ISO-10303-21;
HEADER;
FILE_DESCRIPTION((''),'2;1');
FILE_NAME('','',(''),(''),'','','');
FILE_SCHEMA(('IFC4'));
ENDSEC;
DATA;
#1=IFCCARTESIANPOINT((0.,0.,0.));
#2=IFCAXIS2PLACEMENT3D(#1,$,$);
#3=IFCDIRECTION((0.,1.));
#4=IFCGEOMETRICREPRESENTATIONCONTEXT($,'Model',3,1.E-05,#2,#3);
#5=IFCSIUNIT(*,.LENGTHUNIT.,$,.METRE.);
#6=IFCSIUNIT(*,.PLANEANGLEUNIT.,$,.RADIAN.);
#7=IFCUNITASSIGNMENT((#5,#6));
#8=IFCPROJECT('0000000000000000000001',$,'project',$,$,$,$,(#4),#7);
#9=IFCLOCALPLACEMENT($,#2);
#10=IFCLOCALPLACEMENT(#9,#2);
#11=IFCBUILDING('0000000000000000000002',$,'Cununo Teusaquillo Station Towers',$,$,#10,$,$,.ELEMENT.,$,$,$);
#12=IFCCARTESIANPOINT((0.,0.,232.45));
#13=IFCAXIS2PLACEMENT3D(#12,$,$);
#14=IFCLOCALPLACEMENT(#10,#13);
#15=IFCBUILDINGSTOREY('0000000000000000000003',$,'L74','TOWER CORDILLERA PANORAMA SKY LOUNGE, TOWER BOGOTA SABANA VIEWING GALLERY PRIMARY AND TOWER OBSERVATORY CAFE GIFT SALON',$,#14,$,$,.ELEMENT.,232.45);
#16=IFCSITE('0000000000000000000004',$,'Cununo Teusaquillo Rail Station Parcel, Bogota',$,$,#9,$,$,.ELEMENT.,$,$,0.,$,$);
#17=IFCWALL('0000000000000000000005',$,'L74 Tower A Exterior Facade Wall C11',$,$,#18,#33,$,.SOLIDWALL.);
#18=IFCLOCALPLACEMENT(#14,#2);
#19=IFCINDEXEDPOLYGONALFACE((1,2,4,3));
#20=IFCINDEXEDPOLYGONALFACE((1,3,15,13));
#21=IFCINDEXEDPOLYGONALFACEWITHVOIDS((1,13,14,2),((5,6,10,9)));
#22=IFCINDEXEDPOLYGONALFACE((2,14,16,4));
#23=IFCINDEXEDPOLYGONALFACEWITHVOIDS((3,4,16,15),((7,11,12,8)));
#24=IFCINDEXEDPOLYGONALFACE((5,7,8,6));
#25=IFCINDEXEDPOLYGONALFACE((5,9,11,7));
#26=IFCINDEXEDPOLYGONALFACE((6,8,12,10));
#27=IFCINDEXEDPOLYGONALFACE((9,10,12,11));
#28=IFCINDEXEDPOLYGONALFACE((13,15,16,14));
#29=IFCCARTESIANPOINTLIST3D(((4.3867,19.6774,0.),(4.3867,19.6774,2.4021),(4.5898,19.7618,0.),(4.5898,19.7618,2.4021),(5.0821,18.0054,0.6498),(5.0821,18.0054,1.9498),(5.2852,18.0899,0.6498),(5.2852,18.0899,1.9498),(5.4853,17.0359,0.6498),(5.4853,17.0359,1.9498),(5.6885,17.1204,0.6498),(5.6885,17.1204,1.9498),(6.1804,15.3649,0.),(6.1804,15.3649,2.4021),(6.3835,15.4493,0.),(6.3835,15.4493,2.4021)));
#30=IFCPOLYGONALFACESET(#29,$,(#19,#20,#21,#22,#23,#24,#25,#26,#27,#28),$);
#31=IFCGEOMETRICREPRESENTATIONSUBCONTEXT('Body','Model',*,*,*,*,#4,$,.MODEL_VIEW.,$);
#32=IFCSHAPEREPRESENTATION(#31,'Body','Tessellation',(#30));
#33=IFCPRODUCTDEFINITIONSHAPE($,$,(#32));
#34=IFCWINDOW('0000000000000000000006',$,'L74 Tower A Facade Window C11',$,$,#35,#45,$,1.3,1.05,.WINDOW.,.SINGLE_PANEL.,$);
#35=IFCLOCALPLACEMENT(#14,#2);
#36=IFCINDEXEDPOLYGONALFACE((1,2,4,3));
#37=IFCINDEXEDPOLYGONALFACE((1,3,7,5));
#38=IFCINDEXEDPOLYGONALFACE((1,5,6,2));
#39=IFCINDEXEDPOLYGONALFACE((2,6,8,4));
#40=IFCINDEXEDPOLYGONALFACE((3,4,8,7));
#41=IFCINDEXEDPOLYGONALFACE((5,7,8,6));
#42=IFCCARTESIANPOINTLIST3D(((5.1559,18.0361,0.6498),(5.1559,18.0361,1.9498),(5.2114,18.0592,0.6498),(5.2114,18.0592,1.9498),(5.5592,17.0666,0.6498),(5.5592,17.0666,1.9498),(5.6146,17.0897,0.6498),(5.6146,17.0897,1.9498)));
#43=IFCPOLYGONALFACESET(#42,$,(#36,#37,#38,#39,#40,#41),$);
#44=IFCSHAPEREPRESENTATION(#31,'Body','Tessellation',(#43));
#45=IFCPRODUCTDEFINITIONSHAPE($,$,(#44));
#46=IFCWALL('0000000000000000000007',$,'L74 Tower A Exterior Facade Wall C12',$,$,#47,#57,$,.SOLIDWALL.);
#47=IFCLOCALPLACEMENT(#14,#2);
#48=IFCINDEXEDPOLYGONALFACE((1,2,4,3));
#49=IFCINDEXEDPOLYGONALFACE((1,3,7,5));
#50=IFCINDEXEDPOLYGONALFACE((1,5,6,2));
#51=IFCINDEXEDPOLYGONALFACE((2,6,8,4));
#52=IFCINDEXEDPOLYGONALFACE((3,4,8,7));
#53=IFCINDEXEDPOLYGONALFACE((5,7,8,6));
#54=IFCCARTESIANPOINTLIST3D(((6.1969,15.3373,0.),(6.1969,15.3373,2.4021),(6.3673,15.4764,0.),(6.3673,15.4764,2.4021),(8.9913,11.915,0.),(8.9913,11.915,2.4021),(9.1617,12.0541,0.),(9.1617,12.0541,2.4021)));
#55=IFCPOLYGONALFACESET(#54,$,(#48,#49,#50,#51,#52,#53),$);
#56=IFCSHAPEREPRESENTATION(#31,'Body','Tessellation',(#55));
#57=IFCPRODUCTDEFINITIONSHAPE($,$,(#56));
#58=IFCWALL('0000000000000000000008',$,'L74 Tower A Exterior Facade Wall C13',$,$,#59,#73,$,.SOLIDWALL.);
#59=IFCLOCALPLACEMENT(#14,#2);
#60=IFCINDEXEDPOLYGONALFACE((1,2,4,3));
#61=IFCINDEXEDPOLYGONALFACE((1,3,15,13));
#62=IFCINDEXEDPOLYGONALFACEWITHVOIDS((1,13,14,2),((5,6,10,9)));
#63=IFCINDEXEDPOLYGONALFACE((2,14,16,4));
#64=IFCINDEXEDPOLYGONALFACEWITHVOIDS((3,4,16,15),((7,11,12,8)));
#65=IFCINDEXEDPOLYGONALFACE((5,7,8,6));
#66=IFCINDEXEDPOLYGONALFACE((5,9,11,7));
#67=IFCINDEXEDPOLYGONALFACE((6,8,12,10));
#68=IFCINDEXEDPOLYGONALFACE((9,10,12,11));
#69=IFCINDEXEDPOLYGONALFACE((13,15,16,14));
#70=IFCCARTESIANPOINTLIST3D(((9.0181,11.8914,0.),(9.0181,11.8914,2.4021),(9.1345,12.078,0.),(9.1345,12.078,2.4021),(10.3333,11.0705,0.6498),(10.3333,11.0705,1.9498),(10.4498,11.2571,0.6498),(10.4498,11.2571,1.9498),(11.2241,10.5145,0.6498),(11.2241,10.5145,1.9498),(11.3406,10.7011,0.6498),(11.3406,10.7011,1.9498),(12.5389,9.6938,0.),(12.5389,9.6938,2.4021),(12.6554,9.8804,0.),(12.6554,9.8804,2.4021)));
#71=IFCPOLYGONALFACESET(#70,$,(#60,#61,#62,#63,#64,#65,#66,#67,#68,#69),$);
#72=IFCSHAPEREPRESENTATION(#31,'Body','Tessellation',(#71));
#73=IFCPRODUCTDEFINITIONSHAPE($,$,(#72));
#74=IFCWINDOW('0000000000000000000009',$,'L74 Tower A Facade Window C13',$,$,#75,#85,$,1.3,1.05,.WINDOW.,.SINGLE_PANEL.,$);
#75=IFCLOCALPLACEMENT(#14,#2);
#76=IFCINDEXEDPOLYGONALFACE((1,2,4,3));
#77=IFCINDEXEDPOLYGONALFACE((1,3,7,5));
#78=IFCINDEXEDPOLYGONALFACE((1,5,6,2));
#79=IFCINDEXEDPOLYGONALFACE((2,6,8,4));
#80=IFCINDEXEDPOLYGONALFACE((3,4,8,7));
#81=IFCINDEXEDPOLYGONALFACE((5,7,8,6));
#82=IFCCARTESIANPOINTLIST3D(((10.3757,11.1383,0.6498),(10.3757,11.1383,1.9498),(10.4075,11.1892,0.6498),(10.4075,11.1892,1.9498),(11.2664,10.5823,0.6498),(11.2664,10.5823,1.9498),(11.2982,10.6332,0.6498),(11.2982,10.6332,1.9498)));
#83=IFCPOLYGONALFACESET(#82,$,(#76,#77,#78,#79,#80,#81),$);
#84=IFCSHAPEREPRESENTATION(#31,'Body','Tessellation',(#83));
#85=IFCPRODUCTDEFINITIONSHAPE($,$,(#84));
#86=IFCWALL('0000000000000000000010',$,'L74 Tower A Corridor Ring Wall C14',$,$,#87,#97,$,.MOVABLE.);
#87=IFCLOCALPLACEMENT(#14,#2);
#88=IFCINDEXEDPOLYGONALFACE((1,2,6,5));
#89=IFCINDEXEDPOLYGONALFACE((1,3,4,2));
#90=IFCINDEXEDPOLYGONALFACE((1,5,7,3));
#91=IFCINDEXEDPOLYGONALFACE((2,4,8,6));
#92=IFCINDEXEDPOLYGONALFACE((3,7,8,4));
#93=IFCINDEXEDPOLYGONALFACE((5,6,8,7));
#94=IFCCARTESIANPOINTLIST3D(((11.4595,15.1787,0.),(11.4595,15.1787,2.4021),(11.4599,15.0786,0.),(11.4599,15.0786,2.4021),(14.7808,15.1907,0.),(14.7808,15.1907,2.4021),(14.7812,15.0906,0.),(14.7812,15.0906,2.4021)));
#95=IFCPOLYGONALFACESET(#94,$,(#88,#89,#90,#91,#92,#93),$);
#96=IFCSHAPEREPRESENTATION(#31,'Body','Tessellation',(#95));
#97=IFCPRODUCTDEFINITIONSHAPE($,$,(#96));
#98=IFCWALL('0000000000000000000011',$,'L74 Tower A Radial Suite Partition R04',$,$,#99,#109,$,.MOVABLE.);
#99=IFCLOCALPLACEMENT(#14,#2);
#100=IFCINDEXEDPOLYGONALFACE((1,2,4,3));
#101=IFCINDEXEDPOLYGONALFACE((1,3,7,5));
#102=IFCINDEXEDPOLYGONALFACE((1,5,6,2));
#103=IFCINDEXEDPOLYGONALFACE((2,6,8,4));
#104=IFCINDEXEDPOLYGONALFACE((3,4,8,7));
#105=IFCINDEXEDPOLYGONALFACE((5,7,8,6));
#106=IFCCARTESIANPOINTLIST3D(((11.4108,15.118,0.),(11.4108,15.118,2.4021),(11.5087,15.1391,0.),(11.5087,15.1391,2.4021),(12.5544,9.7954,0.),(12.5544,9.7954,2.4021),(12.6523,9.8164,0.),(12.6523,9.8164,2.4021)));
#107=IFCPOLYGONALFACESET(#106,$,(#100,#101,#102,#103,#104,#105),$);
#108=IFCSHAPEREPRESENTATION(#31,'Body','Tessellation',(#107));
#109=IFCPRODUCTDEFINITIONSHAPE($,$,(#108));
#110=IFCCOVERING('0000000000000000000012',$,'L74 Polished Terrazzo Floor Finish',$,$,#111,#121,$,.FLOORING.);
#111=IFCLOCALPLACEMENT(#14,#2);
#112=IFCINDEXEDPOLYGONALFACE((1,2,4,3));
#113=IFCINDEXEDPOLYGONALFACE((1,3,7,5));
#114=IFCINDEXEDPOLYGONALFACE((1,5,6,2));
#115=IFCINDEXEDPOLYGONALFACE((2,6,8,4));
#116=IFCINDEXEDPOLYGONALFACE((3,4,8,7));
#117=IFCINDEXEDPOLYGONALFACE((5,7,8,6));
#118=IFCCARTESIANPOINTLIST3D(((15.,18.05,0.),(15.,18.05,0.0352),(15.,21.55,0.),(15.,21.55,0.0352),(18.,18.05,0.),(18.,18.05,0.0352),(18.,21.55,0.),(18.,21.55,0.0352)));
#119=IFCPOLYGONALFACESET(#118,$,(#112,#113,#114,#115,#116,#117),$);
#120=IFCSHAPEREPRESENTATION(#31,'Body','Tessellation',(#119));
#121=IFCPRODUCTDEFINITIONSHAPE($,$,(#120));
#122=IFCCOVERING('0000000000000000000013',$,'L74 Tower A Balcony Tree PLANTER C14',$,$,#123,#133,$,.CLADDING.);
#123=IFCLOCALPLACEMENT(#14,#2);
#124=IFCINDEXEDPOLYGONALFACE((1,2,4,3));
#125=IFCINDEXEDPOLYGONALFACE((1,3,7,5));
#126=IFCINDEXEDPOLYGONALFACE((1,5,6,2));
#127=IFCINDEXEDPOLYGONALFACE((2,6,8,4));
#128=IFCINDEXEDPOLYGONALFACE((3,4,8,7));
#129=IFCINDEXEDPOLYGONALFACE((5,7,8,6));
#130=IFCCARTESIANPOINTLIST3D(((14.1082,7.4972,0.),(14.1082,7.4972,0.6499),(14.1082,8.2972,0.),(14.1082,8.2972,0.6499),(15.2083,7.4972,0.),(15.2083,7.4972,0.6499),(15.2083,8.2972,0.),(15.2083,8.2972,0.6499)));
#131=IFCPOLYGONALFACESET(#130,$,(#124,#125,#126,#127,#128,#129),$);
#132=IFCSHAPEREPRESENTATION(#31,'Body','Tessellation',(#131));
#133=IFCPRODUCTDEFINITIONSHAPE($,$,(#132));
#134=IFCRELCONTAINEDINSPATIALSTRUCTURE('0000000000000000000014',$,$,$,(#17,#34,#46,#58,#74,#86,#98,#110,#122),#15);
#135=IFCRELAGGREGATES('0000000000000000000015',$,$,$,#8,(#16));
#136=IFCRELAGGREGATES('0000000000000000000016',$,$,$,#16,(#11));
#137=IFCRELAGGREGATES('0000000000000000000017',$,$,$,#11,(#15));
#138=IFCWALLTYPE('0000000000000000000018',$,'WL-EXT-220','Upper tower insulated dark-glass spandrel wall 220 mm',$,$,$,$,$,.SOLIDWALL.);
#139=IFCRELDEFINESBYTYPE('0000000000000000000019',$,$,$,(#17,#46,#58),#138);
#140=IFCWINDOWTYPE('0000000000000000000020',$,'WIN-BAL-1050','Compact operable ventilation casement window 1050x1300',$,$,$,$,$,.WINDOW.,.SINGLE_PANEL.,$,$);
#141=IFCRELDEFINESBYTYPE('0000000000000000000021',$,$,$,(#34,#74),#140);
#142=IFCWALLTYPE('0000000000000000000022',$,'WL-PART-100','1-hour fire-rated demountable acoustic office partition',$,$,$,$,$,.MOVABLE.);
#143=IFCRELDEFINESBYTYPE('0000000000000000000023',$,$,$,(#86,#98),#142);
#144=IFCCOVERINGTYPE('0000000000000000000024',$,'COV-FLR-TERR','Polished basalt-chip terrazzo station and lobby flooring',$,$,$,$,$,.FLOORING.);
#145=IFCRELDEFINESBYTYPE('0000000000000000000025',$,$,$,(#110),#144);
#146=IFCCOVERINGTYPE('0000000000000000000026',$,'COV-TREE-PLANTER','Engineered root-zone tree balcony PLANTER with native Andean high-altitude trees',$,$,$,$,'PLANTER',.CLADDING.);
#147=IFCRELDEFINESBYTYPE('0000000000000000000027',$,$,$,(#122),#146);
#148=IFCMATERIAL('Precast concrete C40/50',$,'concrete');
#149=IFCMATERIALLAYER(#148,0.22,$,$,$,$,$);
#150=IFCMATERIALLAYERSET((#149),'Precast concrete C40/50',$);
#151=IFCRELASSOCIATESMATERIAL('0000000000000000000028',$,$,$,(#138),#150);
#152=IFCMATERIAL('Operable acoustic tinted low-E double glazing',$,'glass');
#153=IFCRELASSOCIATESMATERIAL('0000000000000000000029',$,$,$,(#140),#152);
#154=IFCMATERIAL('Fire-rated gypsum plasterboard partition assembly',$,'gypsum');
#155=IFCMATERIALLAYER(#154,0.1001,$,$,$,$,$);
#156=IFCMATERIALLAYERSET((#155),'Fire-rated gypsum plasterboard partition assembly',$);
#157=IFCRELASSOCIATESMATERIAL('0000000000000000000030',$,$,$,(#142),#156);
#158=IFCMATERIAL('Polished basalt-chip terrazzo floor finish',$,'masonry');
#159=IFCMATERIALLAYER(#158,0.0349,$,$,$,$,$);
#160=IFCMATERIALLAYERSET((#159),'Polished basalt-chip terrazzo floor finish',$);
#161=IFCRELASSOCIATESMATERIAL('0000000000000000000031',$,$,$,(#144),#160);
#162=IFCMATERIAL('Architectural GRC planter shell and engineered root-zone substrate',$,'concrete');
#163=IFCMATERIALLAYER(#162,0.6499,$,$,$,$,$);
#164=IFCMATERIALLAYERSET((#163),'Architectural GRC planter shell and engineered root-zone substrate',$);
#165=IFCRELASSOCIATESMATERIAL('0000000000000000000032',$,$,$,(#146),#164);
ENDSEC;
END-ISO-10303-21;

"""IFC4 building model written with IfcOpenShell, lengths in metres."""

from ifc_helpers import new_model, si_unit, direction, frame, frame_2d, origin, origin_2d, place, context, subcontext, project, spatial, polyline, rectangle, outline, extrude, source, transform, mapped, material, layer, layer_set, type_object, element, fill, save


model = new_model("IFC4")

# Units and contexts
model_context = context("Model", 3, precision=1e-05, world=origin(), true_north=direction((0.0, 1.0)))
body_context = subcontext(model_context, "Body", "Model", "MODEL_VIEW")
ifc_project = project(units=[si_unit("LENGTHUNIT", "METRE"), si_unit("PLANEANGLEUNIT", "RADIAN")], contexts=[model_context])

# Site, building, storey
site_placement = place(None, origin())
site = spatial("IfcSite", under=ifc_project, at=site_placement, Name="Cununo Teusaquillo Rail Station Parcel, Bogota", CompositionType="ELEMENT", RefElevation=0.0)
building_placement = place(site_placement, origin())
building = spatial("IfcBuilding", under=site, at=building_placement, Name="Cununo Teusaquillo Station Towers", CompositionType="ELEMENT")
storey_placement = place(building_placement, frame((0.0, 0.0, 232.45)))
storey = spatial("IfcBuildingStorey", under=building, at=storey_placement, Name="L74", Description="TOWER CORDILLERA PANORAMA SKY LOUNGE, TOWER BOGOTA SABANA VIEWING GALLERY PRIMARY AND TOWER OBSERVATORY CAFE GIFT SALON", CompositionType="ELEMENT", Elevation=232.45)

# Wall, opening, window
ifc_material_1 = material(Name="Precast concrete C40/50", Category="concrete")
ifc_layer_1 = layer(ifc_material_1, 0.22)
ifc_layer_set_1 = layer_set([ifc_layer_1], Name="Precast concrete C40/50")
wall_type_1 = type_object("IfcWallType", Name="WL-EXT-220", Description="Upper tower insulated dark-glass spandrel wall 220 mm", PredefinedType="SOLIDWALL", material=ifc_layer_set_1)
wall_1_placement = place(storey_placement, frame((6.282, 15.407, 0.0), z_axis=(0.0, 0.0, 1.0), x_axis=(-0.384036, 0.923318, 0.0)))
wall_1 = element("IfcWall", 1, at=wall_1_placement, inside=storey, type_object=wall_type_1, Name="L74 Tower A Exterior Facade Wall C11", PredefinedType="SOLIDWALL", context=body_context, shape_type="SweptSolid", body=[
    extrude(rectangle(XDim=4.6707, YDim=0.22, at=frame_2d((2.3354, 0.0))), origin(), (0.0, 0.0, 1.0), 2.4021),
])
shared_shape_1 = source(origin(), body_context, "Body", "SweptSolid", [
    extrude(rectangle(XDim=1.05, YDim=1.3, at=frame_2d((0.5249, 0.6499))), frame((0.0, 0.1199, 0.0), z_axis=(0.0, -1.0, 0.0), x_axis=(1.0, 0.0, 0.0)), (0.0, 0.0, 1.0), 0.24),
])
opening_1_placement = place(wall_1_placement, frame((1.8101, 0.0, 0.6499)))
opening_1 = element("IfcOpeningElement", 2, at=opening_1_placement, cuts=wall_1, PredefinedType="OPENING", context=body_context, shape_type="MappedRepresentation", body=[
    mapped(shared_shape_1, transform((0.0, 0.0, 0.0), x_axis=(1.0, 0.0, 0.0), y_axis=(0.0, 1.0, 0.0), z_axis=(0.0, 0.0, 1.0), scale=1.0)),
])
ifc_material_2 = material(Name="Operable acoustic tinted low-E double glazing", Category="glass")
window_type = type_object("IfcWindowType", Name="WIN-BAL-1050", Description="Compact operable ventilation casement window 1050x1300", PartitioningType="SINGLE_PANEL", PredefinedType="WINDOW", material=ifc_material_2)
shared_shape_2 = source(origin(), body_context, "Body", "SweptSolid", [
    extrude(rectangle(XDim=1.05, YDim=1.3, at=frame_2d((0.5249, 0.6499))), frame((0.0, 0.03, 0.0), z_axis=(0.0, -1.0, 0.0), x_axis=(1.0, 0.0, 0.0)), (0.0, 0.0, 1.0), 0.0601),
])
window_1_placement = place(opening_1_placement, origin())
window_1 = element("IfcWindow", 3, at=window_1_placement, inside=storey, type_object=window_type, Name="L74 Tower A Facade Window C11", OverallHeight=1.3, OverallWidth=1.05, PartitioningType="SINGLE_PANEL", PredefinedType="WINDOW", context=body_context, shape_type="MappedRepresentation", body=[
    mapped(shared_shape_2, transform((0.0, 0.0, 0.0), x_axis=(1.0, 0.0, 0.0), y_axis=(0.0, 1.0, 0.0), z_axis=(0.0, 0.0, 1.0), scale=1.0)),
])
fill(opening_1, window_1)

# Wall
wall_2_placement = place(storey_placement, frame((9.0764, 11.9846, 0.0), z_axis=(0.0, 0.0, 1.0), x_axis=(-0.632467, 0.774587, 0.0)))
element("IfcWall", 4, at=wall_2_placement, inside=storey, type_object=wall_type_1, Name="L74 Tower A Exterior Facade Wall C12", PredefinedType="SOLIDWALL", context=body_context, shape_type="SweptSolid", body=[
    extrude(rectangle(XDim=4.4182, YDim=0.22, at=frame_2d((2.209, 0.0))), origin(), (0.0, 0.0, 1.0), 2.4021),
])

# Wall, opening, window
wall_3_placement = place(storey_placement, frame((12.5972, 9.7871, 0.0), z_axis=(0.0, 0.0, 1.0), x_axis=(-0.848319, 0.529486, 0.0)))
wall_3 = element("IfcWall", 5, at=wall_3_placement, inside=storey, type_object=wall_type_1, Name="L74 Tower A Exterior Facade Wall C13", PredefinedType="SOLIDWALL", context=body_context, shape_type="SweptSolid", body=[
    extrude(rectangle(XDim=4.1504, YDim=0.22, at=frame_2d((2.0752, 0.0))), origin(), (0.0, 0.0, 1.0), 2.4021),
])
opening_2_placement = place(wall_3_placement, frame((1.55, 0.0, 0.6499)))
opening_2 = element("IfcOpeningElement", 6, at=opening_2_placement, cuts=wall_3, PredefinedType="OPENING", context=body_context, shape_type="MappedRepresentation", body=[
    mapped(shared_shape_1, transform((0.0, 0.0, 0.0), x_axis=(1.0, 0.0, 0.0), y_axis=(0.0, 1.0, 0.0), z_axis=(0.0, 0.0, 1.0), scale=1.0)),
])
window_2_placement = place(opening_2_placement, origin())
window_2 = element("IfcWindow", 7, at=window_2_placement, inside=storey, type_object=window_type, Name="L74 Tower A Facade Window C13", OverallHeight=1.3, OverallWidth=1.05, PartitioningType="SINGLE_PANEL", PredefinedType="WINDOW", context=body_context, shape_type="MappedRepresentation", body=[
    mapped(shared_shape_2, transform((0.0, 0.0, 0.0), x_axis=(1.0, 0.0, 0.0), y_axis=(0.0, 1.0, 0.0), z_axis=(0.0, 0.0, 1.0), scale=1.0)),
])
fill(opening_2, window_2)

# Walls
ifc_material_3 = material(Name="Fire-rated gypsum plasterboard partition assembly", Category="gypsum")
ifc_layer_2 = layer(ifc_material_3, 0.1001)
ifc_layer_set_2 = layer_set([ifc_layer_2], Name="Fire-rated gypsum plasterboard partition assembly")
wall_type_2 = type_object("IfcWallType", Name="WL-PART-100", Description="1-hour fire-rated demountable acoustic office partition", PredefinedType="MOVABLE", material=ifc_layer_set_2)
wall_4_placement = place(storey_placement, frame((11.4597, 15.1287, 0.0), z_axis=(0.0, 0.0, 1.0), x_axis=(0.999994, 0.003602, 0.0)))
element("IfcWall", 8, at=wall_4_placement, inside=storey, type_object=wall_type_2, Name="L74 Tower A Corridor Ring Wall C14", PredefinedType="MOVABLE", context=body_context, shape_type="SweptSolid", body=[
    extrude(rectangle(XDim=3.3213, YDim=0.1001, at=frame_2d((1.6606, 0.0))), origin(), (0.0, 0.0, 1.0), 2.4021),
])
wall_5_placement = place(storey_placement, frame((11.4597, 15.1287, 0.0), z_axis=(0.0, 0.0, 1.0), x_axis=(0.210059, -0.977689, 0.0)))
element("IfcWall", 9, at=wall_5_placement, inside=storey, type_object=wall_type_2, Name="L74 Tower A Radial Suite Partition R04", PredefinedType="MOVABLE", context=body_context, shape_type="SweptSolid", body=[
    extrude(rectangle(XDim=5.4441, YDim=0.1001, at=frame_2d((2.7222, 0.0))), origin(), (0.0, 0.0, 1.0), 2.4021),
])

# Coverings
ifc_material_4 = material(Name="Polished basalt-chip terrazzo floor finish", Category="masonry")
ifc_layer_3 = layer(ifc_material_4, 0.0349)
ifc_layer_set_3 = layer_set([ifc_layer_3], Name="Polished basalt-chip terrazzo floor finish")
covering_type_1 = type_object("IfcCoveringType", Name="COV-FLR-TERR", Description="Polished basalt-chip terrazzo station and lobby flooring", PredefinedType="FLOORING", material=ifc_layer_set_3)
covering_1_placement = place(storey_placement, origin())
element("IfcCovering", 10, at=covering_1_placement, inside=storey, type_object=covering_type_1, Name="L74 Polished Terrazzo Floor Finish", PredefinedType="FLOORING", context=body_context, shape_type="SweptSolid", body=[
    extrude(outline(polyline([(15.0, 18.05), (18.0, 18.05), (18.0, 21.55), (15.0, 21.55), (15.0, 18.05)])), origin(), (0.0, 0.0, 1.0), 0.0352),
])
ifc_material_5 = material(Name="Architectural GRC planter shell and engineered root-zone substrate", Category="concrete")
ifc_layer_4 = layer(ifc_material_5, 0.6499)
ifc_layer_set_4 = layer_set([ifc_layer_4], Name="Architectural GRC planter shell and engineered root-zone substrate")
covering_type_2 = type_object("IfcCoveringType", Name="COV-TREE-PLANTER", Description="Engineered root-zone tree balcony PLANTER with native Andean high-altitude trees", ElementType="PLANTER", PredefinedType="CLADDING", material=ifc_layer_set_4)
shared_shape_3 = source(origin(), body_context, "Body", "SweptSolid", [
    extrude(rectangle(XDim=1.1001, YDim=0.8, at=origin_2d()), origin(), (0.0, 0.0, 1.0), 0.6499),
])
covering_2_placement = place(storey_placement, frame((14.6582, 7.8972, 0.0), z_axis=(0.0, 0.0, 1.0), x_axis=(1.0, 0.0, 0.0)))
element("IfcCovering", 11, at=covering_2_placement, inside=storey, type_object=covering_type_2, Name="L74 Tower A Balcony Tree PLANTER C14", PredefinedType="CLADDING", context=body_context, shape_type="MappedRepresentation", body=[
    mapped(shared_shape_3, transform((0.0, 0.0, 0.0), x_axis=(1.0, 0.0, 0.0), y_axis=(0.0, 1.0, 0.0), z_axis=(0.0, 0.0, 1.0), scale=1.0)),
])

save(model, "model.ifc")
